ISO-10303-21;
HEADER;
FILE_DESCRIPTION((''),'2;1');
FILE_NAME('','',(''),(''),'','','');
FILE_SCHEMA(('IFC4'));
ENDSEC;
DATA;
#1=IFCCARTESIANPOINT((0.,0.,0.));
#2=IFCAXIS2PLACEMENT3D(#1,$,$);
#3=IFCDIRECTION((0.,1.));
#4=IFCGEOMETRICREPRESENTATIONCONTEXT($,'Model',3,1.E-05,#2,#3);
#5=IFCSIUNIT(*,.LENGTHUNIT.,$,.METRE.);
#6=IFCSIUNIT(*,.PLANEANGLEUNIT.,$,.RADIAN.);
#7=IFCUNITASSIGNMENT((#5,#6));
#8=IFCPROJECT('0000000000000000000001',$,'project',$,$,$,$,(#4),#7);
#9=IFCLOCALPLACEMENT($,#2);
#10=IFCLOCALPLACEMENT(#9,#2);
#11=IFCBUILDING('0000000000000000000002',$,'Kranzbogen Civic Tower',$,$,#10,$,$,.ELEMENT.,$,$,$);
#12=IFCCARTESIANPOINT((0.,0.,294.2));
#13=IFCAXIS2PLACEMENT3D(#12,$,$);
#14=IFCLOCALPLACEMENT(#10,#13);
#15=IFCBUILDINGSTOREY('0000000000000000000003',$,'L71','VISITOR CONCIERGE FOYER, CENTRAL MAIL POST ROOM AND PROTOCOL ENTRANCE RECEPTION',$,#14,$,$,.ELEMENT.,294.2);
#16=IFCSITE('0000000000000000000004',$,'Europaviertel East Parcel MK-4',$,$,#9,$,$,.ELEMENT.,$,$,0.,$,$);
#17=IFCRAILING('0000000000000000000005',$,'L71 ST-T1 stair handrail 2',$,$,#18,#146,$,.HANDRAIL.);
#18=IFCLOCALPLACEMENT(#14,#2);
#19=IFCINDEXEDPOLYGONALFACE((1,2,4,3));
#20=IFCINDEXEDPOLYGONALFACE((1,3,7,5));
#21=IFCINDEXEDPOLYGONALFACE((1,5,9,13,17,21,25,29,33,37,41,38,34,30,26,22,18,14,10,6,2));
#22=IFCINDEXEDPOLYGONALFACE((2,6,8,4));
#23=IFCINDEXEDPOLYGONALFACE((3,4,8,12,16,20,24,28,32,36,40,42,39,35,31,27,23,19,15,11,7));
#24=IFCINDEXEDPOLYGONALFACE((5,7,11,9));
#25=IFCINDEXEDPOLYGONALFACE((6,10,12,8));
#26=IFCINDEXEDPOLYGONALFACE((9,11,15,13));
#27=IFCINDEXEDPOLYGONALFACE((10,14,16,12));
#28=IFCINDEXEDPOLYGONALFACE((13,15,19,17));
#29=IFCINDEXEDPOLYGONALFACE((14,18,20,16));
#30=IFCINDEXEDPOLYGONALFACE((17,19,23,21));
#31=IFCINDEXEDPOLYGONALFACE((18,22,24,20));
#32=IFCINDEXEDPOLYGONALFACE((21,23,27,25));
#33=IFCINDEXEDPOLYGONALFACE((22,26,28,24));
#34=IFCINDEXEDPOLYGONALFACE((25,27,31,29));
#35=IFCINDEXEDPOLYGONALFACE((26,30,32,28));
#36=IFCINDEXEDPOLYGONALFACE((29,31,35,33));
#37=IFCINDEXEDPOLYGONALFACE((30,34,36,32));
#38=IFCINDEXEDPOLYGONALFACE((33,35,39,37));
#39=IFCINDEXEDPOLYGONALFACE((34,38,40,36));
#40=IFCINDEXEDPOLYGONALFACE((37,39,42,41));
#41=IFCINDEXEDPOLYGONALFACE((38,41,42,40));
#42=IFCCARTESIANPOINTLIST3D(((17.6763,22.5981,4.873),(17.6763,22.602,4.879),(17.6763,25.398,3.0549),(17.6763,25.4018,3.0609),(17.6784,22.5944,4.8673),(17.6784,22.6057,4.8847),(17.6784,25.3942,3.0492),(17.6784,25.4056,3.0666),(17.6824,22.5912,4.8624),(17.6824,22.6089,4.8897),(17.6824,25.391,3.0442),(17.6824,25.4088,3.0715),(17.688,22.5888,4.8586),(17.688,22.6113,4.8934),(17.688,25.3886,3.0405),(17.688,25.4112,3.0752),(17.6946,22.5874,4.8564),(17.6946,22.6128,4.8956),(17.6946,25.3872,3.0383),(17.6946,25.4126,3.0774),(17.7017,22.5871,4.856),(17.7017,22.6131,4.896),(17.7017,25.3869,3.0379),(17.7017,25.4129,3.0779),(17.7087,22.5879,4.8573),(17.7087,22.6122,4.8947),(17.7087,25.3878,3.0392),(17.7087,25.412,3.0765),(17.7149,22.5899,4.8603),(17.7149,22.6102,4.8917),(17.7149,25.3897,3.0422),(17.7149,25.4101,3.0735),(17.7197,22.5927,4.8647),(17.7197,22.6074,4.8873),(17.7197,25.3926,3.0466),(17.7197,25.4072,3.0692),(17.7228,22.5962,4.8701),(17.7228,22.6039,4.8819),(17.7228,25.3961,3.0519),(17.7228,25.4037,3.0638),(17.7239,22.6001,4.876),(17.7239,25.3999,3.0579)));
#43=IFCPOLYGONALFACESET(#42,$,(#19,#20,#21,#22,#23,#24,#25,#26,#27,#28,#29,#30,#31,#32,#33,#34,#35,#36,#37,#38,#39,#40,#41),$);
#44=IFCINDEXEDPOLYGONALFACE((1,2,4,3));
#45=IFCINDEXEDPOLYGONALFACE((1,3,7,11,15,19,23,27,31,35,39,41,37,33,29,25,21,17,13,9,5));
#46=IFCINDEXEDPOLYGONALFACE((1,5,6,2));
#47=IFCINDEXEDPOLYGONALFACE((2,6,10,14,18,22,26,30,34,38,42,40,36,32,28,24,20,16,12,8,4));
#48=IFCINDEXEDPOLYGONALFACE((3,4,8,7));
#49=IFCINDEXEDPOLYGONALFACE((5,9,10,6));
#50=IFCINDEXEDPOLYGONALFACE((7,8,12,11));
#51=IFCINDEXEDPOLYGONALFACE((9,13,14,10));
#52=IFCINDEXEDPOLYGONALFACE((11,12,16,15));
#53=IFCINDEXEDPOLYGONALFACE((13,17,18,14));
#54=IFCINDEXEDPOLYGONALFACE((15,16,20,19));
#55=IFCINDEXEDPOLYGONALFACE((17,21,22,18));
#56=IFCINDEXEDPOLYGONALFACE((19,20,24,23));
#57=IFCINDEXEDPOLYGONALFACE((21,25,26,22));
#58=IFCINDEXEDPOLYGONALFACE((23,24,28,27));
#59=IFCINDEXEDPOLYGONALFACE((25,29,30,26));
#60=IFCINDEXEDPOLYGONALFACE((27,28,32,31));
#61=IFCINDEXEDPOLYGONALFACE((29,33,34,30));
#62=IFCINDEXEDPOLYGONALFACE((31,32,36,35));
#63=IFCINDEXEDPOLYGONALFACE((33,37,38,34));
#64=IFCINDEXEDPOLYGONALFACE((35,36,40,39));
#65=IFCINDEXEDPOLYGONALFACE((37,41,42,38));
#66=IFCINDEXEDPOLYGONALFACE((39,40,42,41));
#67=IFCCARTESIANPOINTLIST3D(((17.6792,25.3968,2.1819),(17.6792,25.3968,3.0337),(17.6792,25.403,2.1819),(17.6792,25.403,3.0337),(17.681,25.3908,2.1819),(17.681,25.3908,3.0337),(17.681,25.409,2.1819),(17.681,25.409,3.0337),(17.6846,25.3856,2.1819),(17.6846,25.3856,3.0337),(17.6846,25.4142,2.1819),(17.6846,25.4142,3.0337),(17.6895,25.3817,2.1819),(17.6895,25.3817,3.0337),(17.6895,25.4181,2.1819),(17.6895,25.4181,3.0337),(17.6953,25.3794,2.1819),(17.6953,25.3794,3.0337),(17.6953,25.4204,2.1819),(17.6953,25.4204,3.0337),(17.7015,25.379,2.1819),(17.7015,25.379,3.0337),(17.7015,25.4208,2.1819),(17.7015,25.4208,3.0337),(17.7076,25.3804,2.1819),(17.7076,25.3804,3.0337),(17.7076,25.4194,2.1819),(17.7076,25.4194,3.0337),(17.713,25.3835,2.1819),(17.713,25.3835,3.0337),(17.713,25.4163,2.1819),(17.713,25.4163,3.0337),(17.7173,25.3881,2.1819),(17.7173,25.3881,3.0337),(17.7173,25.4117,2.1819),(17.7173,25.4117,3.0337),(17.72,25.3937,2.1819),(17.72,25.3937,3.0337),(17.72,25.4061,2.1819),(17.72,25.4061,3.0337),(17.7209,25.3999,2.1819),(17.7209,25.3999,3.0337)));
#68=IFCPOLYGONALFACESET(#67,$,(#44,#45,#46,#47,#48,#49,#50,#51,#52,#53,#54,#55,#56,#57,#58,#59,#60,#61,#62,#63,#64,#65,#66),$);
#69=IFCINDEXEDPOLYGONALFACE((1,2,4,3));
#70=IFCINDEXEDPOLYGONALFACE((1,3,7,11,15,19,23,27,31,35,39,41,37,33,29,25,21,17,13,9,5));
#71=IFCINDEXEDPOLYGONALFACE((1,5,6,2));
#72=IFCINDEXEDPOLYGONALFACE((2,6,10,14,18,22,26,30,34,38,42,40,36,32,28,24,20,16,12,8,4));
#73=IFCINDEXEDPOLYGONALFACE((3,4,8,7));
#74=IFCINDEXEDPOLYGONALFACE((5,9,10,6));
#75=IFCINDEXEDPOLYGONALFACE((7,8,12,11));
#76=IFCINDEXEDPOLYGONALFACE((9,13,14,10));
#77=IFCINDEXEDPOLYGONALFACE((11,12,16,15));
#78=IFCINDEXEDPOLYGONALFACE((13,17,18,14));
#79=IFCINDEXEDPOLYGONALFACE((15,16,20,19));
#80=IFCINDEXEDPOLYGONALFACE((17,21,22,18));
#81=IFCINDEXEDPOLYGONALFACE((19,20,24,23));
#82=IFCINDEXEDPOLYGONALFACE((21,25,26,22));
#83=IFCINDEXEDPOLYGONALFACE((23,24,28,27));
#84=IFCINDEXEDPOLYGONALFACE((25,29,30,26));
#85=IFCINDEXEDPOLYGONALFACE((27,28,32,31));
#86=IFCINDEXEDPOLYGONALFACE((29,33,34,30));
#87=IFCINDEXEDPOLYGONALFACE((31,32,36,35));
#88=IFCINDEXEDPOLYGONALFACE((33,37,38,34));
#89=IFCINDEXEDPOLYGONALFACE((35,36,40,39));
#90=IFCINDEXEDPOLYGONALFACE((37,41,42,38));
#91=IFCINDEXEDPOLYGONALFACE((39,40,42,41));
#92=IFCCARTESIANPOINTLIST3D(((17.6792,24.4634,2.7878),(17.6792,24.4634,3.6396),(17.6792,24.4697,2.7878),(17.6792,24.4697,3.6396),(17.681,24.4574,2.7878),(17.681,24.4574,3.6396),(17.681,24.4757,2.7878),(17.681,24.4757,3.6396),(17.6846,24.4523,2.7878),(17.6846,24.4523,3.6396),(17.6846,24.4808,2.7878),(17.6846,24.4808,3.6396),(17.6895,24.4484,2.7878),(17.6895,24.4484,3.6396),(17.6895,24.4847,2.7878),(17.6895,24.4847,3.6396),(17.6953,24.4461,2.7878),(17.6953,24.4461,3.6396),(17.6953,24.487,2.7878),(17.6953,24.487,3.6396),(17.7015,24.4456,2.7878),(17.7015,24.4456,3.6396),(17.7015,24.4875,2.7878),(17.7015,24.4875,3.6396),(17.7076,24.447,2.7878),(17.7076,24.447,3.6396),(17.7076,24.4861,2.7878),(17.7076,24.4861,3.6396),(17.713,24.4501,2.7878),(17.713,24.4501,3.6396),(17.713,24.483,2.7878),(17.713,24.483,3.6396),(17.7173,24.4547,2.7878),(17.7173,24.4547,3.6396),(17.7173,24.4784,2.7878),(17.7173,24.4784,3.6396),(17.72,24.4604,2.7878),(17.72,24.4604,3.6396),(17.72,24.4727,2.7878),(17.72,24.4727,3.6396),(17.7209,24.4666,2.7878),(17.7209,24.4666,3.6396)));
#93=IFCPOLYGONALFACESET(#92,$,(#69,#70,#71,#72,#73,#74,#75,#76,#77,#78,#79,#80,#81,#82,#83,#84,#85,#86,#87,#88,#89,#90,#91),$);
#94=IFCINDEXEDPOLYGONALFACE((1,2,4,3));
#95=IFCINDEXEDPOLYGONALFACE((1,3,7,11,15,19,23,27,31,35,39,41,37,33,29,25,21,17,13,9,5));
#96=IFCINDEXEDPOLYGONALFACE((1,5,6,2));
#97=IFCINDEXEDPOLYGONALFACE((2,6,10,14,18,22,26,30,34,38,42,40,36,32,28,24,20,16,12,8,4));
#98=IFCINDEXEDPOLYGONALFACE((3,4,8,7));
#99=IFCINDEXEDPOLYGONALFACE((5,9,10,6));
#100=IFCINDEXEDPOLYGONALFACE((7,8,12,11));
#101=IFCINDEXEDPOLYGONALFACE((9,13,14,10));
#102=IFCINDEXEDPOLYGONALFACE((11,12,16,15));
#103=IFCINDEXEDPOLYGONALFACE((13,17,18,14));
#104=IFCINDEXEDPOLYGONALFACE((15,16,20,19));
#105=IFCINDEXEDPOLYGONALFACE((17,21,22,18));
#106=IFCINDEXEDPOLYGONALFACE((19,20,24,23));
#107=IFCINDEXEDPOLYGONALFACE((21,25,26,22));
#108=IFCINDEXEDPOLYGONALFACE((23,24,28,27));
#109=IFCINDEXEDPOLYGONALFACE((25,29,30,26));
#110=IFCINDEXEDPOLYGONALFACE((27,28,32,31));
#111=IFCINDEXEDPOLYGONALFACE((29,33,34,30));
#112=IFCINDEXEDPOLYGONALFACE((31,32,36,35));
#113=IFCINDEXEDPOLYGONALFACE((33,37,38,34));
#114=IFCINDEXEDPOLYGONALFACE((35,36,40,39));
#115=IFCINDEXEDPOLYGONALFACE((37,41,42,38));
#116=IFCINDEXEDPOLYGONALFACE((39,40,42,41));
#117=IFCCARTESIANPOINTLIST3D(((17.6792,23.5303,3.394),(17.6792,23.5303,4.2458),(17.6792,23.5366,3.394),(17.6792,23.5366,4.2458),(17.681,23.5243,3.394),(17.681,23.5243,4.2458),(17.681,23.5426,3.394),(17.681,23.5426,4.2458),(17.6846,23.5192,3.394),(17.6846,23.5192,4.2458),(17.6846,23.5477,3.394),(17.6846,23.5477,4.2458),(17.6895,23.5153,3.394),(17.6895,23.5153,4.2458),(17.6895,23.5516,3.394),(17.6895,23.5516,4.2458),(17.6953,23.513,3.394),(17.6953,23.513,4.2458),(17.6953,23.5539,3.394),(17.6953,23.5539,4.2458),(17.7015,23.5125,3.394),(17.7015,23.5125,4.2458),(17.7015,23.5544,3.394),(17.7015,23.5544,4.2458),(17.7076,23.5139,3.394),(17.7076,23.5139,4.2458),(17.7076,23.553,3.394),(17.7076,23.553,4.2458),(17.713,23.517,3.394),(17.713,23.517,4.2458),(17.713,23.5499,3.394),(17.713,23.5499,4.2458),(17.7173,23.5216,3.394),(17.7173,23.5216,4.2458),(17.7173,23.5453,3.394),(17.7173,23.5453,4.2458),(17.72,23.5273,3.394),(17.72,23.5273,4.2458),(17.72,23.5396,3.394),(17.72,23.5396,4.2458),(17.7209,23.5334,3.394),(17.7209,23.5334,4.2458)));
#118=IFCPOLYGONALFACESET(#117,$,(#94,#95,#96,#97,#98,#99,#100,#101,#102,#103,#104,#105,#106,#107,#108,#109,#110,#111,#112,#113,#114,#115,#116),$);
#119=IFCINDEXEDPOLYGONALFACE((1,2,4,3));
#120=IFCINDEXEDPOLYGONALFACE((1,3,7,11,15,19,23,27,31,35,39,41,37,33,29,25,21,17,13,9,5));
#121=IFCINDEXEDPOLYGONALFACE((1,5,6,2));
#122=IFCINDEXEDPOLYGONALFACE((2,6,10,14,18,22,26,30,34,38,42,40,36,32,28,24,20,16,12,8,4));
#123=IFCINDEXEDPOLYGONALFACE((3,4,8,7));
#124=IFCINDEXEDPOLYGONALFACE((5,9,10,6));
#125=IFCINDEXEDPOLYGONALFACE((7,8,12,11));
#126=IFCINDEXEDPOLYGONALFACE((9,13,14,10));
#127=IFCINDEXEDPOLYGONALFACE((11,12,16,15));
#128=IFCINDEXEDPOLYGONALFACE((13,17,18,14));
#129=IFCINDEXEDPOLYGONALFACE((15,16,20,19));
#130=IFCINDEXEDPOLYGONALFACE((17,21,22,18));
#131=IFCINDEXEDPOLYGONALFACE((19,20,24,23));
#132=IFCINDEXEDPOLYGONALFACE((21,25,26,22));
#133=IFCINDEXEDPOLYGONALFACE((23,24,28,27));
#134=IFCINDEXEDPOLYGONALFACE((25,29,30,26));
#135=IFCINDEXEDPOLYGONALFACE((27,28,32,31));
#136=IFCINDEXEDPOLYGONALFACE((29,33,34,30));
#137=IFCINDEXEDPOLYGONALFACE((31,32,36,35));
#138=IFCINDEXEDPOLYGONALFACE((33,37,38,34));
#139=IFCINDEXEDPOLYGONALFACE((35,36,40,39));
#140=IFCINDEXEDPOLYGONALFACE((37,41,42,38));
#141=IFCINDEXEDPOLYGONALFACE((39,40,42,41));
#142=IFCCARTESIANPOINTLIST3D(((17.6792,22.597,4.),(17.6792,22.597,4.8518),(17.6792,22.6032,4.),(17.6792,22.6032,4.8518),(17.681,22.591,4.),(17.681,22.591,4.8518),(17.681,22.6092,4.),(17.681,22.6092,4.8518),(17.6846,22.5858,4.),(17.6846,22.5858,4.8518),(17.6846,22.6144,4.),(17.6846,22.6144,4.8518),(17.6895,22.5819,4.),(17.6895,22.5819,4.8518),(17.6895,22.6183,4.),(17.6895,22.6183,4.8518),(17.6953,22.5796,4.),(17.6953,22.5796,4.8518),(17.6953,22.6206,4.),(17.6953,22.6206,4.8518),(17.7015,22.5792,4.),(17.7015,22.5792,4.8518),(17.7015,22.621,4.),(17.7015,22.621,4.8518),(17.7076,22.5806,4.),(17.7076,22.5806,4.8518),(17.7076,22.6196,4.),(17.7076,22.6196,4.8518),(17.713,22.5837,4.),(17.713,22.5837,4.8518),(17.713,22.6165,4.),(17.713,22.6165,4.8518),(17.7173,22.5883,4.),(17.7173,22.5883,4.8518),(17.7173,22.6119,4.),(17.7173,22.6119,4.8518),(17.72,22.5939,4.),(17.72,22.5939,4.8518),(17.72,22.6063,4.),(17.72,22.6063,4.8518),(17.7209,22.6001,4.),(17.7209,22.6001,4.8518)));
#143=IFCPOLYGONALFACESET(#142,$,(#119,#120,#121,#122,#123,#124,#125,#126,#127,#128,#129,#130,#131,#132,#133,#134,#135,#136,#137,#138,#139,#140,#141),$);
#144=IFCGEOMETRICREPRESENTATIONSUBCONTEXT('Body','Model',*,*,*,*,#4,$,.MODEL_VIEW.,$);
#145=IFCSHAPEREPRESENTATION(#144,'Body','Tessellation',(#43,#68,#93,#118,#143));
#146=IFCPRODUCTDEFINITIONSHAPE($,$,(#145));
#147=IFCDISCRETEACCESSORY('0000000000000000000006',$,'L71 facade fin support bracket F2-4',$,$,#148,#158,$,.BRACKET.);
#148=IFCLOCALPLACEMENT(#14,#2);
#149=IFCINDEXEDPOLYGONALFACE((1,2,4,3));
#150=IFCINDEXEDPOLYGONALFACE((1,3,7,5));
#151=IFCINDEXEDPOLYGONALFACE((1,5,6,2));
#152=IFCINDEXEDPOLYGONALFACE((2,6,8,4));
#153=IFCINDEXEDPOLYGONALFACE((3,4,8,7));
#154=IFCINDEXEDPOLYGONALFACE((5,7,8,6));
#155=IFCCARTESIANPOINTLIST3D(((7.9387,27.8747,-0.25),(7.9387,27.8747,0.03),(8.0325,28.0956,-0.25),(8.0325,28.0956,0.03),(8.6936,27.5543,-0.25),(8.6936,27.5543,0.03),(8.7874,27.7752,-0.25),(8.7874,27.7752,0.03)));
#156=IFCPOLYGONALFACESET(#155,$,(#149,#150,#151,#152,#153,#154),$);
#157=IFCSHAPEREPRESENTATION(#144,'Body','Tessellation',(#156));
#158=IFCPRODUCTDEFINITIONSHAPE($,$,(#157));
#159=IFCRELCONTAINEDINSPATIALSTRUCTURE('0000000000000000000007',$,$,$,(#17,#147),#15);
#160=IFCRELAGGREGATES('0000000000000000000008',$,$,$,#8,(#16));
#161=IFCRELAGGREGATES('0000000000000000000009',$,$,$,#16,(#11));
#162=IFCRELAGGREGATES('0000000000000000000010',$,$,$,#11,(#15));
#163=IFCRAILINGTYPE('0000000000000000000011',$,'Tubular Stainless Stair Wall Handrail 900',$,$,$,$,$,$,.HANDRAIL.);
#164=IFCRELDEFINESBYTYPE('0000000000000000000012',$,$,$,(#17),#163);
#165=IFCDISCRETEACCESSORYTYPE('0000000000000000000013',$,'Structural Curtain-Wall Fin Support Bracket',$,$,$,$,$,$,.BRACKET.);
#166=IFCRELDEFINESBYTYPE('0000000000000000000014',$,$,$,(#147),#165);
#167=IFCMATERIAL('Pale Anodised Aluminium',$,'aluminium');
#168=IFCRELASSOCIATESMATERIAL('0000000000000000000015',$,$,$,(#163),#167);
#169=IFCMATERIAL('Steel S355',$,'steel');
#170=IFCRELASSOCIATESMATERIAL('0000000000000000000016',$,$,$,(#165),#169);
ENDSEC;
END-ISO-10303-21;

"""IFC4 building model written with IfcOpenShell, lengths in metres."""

from ifc_helpers import new_model, si_unit, direction, frame, origin, origin_2d, place, context, subcontext, project, spatial, rectangle, circle, extrude, material, type_object, element, save


model = new_model("IFC4")

# Units and contexts
model_context = context("Model", 3, precision=1e-05, world=origin(), true_north=direction((0.0, 1.0)))
body_context = subcontext(model_context, "Body", "Model", "MODEL_VIEW")
ifc_project = project(units=[si_unit("LENGTHUNIT", "METRE"), si_unit("PLANEANGLEUNIT", "RADIAN")], contexts=[model_context])

# Site, building, storey
site_placement = place(None, origin())
site = spatial("IfcSite", under=ifc_project, at=site_placement, Name="Europaviertel East Parcel MK-4", CompositionType="ELEMENT", RefElevation=0.0)
building_placement = place(site_placement, origin())
building = spatial("IfcBuilding", under=site, at=building_placement, Name="Kranzbogen Civic Tower", CompositionType="ELEMENT")
storey_placement = place(building_placement, frame((0.0, 0.0, 294.2)))
storey = spatial("IfcBuildingStorey", under=building, at=storey_placement, Name="L71", Description="VISITOR CONCIERGE FOYER, CENTRAL MAIL POST ROOM AND PROTOCOL ENTRANCE RECEPTION", CompositionType="ELEMENT", Elevation=294.2)

# Shared definitions
ifc_material_1 = material(Name="Steel S355", Category="steel")

# Shared definitions
ifc_material_2 = material(Name="Pale Anodised Aluminium", Category="aluminium")

# Railing
railing_type_1 = type_object("IfcRailingType", Name="Tubular Stainless Stair Wall Handrail 900", PredefinedType="HANDRAIL", material=ifc_material_2)
railing_1_placement = place(storey_placement, frame((17.7, 25.3999, 2.1819)))
element("IfcRailing", 1, at=railing_1_placement, inside=storey, type_object=railing_type_1, Name="L71 ST-T1 stair handrail 2", PredefinedType="HANDRAIL", context=body_context, shape_type="SweptSolid", body=[
    extrude(circle(Radius=0.0239, at=origin_2d()), frame((0.0, 0.0, 0.876), z_axis=(0.0, -0.838684, 0.544618), x_axis=(1.0, 0.0, 0.0)), (0.0, 0.0, 1.0), 3.3384),
    extrude(circle(Radius=0.021, at=origin_2d()), origin(), (0.0, 0.0, 1.0), 0.8518),
    extrude(circle(Radius=0.021, at=origin_2d()), frame((0.0, -0.9333, 0.606)), (0.0, 0.0, 1.0), 0.8518),
    extrude(circle(Radius=0.021, at=origin_2d()), frame((0.0, -1.8665, 1.2122)), (0.0, 0.0, 1.0), 0.8518),
    extrude(circle(Radius=0.021, at=origin_2d()), frame((0.0, -2.7998, 1.8181)), (0.0, 0.0, 1.0), 0.8518),
])

# Discrete accessory
discrete_accessory_type = type_object("IfcDiscreteAccessoryType", Name="Structural Curtain-Wall Fin Support Bracket", PredefinedType="BRACKET", material=ifc_material_1)
discrete_accessory_placement = place(storey_placement, frame((8.363, 27.825, -0.25), z_axis=(0.0, 0.0, 1.0), x_axis=(-0.920505, 0.390731, 0.0)))
element("IfcDiscreteAccessory", 2, at=discrete_accessory_placement, inside=storey, type_object=discrete_accessory_type, Name="L71 facade fin support bracket F2-4", PredefinedType="BRACKET", context=body_context, shape_type="SweptSolid", body=[
    extrude(rectangle(XDim=0.8201, YDim=0.24, at=origin_2d()), origin(), (0.0, 0.0, 1.0), 0.28),
])

save(model, "model.ifc")
